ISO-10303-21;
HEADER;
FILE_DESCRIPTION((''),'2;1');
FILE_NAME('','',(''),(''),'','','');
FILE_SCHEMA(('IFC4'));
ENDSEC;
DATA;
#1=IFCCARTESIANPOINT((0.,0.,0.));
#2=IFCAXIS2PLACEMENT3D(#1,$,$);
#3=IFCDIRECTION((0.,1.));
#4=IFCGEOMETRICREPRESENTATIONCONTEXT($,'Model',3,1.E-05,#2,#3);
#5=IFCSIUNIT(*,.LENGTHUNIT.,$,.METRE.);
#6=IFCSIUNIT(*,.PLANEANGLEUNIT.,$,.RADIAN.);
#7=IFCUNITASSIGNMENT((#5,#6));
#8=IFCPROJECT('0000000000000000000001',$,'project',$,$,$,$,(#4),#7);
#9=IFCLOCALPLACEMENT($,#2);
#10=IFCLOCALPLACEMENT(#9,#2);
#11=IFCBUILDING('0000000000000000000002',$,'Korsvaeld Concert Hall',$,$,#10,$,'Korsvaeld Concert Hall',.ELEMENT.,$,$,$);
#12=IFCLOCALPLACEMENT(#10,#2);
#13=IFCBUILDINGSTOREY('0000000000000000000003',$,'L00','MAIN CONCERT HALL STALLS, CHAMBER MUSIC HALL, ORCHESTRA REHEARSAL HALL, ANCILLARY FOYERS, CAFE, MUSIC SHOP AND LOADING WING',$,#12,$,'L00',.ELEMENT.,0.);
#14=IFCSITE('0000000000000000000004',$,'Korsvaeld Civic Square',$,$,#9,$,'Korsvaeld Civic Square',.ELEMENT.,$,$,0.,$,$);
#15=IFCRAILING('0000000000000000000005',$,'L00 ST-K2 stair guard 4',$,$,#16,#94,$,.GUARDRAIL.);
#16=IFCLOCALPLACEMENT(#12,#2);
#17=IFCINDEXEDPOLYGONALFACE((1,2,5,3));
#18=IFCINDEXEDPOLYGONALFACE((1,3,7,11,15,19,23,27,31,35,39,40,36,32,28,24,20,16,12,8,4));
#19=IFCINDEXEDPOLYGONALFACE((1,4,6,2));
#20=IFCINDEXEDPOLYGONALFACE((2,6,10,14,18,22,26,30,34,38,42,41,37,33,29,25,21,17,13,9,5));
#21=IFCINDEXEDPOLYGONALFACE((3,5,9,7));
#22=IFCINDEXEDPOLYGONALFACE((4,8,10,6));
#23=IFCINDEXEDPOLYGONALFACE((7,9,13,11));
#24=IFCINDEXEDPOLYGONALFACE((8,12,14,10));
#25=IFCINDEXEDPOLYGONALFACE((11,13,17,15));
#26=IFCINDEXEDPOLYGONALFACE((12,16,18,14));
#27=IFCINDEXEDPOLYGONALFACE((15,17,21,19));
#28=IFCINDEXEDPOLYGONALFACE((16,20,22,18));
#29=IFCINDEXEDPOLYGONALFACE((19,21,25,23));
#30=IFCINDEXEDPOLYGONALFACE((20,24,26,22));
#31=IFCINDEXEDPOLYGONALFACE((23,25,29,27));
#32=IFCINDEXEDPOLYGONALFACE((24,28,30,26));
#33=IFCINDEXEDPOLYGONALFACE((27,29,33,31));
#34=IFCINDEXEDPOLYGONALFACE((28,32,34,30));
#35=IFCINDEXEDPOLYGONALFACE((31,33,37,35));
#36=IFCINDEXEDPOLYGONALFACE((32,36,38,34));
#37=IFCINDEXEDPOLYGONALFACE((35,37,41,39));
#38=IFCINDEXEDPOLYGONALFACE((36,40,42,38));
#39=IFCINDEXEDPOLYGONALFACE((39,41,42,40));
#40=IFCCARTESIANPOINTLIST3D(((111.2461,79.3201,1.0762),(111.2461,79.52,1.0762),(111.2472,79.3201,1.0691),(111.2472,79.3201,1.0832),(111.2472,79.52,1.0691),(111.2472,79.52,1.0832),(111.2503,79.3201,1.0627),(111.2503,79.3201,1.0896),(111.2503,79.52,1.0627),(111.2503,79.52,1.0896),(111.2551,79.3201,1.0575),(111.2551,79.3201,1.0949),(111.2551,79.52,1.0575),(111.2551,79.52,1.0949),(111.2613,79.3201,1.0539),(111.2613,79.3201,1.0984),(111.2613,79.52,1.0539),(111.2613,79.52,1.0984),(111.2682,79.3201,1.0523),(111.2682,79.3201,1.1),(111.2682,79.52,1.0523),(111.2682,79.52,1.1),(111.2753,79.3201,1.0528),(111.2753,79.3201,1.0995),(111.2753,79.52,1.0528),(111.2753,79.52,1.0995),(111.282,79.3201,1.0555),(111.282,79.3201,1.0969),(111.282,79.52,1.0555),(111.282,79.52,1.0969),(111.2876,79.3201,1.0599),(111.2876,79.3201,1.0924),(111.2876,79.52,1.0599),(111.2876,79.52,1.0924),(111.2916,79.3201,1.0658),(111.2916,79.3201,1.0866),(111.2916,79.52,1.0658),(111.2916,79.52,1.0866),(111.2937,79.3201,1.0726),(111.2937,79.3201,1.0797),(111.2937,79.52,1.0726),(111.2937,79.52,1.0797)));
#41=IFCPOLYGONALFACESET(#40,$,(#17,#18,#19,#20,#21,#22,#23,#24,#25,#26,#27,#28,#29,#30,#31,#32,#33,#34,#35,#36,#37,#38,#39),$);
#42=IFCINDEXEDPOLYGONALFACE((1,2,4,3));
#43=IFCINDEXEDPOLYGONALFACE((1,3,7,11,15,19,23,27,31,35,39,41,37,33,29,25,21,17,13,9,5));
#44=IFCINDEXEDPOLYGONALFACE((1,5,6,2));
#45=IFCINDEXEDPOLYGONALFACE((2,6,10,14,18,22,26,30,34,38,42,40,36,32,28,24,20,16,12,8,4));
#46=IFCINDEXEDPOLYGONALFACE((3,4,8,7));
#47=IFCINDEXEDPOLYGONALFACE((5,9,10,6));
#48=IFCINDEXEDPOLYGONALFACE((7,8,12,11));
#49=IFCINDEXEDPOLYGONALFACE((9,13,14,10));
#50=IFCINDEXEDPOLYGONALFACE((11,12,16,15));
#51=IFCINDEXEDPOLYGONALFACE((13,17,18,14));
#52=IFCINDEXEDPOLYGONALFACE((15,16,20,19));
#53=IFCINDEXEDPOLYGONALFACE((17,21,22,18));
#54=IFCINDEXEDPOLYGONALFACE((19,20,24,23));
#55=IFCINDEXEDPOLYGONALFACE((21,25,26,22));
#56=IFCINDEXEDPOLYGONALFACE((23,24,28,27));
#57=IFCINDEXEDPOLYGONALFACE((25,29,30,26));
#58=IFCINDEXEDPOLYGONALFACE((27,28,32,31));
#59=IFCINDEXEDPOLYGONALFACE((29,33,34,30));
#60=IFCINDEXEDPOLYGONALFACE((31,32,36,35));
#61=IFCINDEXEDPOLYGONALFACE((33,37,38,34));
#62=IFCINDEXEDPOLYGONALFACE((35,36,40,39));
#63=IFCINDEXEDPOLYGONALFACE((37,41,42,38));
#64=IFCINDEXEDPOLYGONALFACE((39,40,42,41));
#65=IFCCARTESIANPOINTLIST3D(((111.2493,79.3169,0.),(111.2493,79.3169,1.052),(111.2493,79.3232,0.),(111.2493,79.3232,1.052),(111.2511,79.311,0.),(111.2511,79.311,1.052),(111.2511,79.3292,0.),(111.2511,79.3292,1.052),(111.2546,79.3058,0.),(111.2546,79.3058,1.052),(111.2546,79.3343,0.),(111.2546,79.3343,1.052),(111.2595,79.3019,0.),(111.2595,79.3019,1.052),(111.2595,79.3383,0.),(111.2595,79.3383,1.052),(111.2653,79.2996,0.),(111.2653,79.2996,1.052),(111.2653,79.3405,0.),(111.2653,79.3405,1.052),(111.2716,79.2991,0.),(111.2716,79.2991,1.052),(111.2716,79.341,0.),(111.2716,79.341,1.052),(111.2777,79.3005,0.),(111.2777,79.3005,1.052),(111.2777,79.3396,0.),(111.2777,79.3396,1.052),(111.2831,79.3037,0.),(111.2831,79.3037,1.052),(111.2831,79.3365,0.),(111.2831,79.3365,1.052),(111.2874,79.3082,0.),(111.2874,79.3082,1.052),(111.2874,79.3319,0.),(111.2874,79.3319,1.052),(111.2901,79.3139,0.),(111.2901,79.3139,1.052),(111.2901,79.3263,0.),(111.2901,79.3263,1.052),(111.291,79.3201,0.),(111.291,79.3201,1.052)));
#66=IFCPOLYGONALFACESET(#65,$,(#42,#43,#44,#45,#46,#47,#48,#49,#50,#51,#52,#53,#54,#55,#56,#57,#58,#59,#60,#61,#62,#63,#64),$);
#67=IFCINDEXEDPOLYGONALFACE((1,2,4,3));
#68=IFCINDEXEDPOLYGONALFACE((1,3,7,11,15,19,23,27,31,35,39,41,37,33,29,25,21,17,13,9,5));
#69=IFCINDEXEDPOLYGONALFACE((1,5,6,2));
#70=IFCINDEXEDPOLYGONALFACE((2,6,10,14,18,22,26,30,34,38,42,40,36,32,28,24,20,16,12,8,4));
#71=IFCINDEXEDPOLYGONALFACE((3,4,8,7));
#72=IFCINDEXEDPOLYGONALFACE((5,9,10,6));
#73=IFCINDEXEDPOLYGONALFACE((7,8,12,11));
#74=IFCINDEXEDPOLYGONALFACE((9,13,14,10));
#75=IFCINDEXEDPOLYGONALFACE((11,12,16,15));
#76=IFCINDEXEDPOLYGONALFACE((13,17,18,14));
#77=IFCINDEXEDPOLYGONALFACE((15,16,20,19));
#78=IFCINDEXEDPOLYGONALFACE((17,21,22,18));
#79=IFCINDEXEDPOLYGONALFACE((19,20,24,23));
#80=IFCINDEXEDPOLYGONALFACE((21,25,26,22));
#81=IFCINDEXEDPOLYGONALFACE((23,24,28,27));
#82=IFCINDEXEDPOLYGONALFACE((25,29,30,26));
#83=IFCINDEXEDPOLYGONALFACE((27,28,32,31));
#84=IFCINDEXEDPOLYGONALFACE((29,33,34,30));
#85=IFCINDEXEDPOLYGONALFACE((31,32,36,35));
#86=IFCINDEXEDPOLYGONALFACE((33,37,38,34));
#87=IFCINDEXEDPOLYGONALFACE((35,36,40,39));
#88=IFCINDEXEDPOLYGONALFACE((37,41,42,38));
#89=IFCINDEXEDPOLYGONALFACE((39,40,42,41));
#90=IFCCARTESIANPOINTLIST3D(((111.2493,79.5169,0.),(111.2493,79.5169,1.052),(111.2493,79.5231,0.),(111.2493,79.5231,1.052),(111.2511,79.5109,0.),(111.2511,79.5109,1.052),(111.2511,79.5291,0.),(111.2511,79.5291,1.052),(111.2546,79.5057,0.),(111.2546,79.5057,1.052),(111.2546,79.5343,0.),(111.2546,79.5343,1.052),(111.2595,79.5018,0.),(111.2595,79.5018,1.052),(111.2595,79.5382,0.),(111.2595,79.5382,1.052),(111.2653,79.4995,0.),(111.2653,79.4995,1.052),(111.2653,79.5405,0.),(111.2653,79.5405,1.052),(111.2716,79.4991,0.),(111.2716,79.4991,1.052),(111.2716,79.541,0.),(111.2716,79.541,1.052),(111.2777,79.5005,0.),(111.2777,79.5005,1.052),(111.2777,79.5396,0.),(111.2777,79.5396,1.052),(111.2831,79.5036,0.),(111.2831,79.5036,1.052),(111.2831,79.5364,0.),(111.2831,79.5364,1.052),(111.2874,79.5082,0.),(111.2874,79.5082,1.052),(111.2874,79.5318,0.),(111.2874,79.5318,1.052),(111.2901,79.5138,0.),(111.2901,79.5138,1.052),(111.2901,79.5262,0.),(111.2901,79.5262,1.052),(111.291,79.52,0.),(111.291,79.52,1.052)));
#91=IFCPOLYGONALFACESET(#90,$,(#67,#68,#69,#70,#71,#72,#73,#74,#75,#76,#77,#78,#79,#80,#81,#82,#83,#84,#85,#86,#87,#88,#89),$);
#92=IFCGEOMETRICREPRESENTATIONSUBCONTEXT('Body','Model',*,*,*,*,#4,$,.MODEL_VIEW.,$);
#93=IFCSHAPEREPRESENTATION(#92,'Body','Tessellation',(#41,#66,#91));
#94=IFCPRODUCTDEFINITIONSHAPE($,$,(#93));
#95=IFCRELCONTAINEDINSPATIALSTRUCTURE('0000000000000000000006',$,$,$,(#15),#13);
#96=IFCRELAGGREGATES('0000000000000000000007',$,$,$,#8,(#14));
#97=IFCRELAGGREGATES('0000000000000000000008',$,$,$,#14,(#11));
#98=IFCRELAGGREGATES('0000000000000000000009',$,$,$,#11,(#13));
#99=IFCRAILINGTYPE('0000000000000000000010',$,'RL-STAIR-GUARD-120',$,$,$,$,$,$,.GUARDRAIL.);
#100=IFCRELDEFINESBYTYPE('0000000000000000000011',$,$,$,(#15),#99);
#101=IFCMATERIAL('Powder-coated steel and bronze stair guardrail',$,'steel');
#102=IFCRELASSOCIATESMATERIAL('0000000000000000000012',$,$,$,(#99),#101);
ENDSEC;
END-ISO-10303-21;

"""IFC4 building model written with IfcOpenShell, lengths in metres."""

from ifc_helpers import new_model, si_unit, direction, frame, origin, origin_2d, place, context, subcontext, project, spatial, circle, extrude, material, type_object, element, save


model = new_model("IFC4")

# Units and contexts
model_context = context("Model", 3, precision=1e-05, world=origin(), true_north=direction((0.0, 1.0)))
body_context = subcontext(model_context, "Body", "Model", "MODEL_VIEW")
ifc_project = project(units=[si_unit("LENGTHUNIT", "METRE"), si_unit("PLANEANGLEUNIT", "RADIAN")], contexts=[model_context])

# Site, building, storey
site_placement = place(None, origin())
site = spatial("IfcSite", under=ifc_project, at=site_placement, Name="Korsvaeld Civic Square", LongName="Korsvaeld Civic Square", CompositionType="ELEMENT", RefElevation=0.0)
building_placement = place(site_placement, origin())
building = spatial("IfcBuilding", under=site, at=building_placement, Name="Korsvaeld Concert Hall", LongName="Korsvaeld Concert Hall", CompositionType="ELEMENT")
storey_placement = place(building_placement, origin())
storey = spatial("IfcBuildingStorey", under=building, at=storey_placement, Name="L00", Description="MAIN CONCERT HALL STALLS, CHAMBER MUSIC HALL, ORCHESTRA REHEARSAL HALL, ANCILLARY FOYERS, CAFE, MUSIC SHOP AND LOADING WING", LongName="L00", CompositionType="ELEMENT", Elevation=0.0)

# Railing
ifc_material_1 = material(Name="Powder-coated steel and bronze stair guardrail", Category="steel")
railing_type_1 = type_object("IfcRailingType", Name="RL-STAIR-GUARD-120", PredefinedType="GUARDRAIL", material=ifc_material_1)
railing_1_placement = place(storey_placement, frame((111.27, 79.3201, 0.0)))
element("IfcRailing", 1, at=railing_1_placement, inside=storey, type_object=railing_type_1, Name="L00 ST-K2 stair guard 4", PredefinedType="GUARDRAIL", context=body_context, shape_type="SweptSolid", body=[
    extrude(circle(Radius=0.0239, at=origin_2d()), frame((0.0, 0.0, 1.0762), z_axis=(0.0, 1.0, 0.0), x_axis=(-1.0, 0.0, 0.0)), (0.0, 0.0, 1.0), 0.2),
    extrude(circle(Radius=0.021, at=origin_2d()), origin(), (0.0, 0.0, 1.0), 1.052),
    extrude(circle(Radius=0.021, at=origin_2d()), frame((0.0, 0.2, 0.0)), (0.0, 0.0, 1.0), 1.052),
])

save(model, "model.ifc")
